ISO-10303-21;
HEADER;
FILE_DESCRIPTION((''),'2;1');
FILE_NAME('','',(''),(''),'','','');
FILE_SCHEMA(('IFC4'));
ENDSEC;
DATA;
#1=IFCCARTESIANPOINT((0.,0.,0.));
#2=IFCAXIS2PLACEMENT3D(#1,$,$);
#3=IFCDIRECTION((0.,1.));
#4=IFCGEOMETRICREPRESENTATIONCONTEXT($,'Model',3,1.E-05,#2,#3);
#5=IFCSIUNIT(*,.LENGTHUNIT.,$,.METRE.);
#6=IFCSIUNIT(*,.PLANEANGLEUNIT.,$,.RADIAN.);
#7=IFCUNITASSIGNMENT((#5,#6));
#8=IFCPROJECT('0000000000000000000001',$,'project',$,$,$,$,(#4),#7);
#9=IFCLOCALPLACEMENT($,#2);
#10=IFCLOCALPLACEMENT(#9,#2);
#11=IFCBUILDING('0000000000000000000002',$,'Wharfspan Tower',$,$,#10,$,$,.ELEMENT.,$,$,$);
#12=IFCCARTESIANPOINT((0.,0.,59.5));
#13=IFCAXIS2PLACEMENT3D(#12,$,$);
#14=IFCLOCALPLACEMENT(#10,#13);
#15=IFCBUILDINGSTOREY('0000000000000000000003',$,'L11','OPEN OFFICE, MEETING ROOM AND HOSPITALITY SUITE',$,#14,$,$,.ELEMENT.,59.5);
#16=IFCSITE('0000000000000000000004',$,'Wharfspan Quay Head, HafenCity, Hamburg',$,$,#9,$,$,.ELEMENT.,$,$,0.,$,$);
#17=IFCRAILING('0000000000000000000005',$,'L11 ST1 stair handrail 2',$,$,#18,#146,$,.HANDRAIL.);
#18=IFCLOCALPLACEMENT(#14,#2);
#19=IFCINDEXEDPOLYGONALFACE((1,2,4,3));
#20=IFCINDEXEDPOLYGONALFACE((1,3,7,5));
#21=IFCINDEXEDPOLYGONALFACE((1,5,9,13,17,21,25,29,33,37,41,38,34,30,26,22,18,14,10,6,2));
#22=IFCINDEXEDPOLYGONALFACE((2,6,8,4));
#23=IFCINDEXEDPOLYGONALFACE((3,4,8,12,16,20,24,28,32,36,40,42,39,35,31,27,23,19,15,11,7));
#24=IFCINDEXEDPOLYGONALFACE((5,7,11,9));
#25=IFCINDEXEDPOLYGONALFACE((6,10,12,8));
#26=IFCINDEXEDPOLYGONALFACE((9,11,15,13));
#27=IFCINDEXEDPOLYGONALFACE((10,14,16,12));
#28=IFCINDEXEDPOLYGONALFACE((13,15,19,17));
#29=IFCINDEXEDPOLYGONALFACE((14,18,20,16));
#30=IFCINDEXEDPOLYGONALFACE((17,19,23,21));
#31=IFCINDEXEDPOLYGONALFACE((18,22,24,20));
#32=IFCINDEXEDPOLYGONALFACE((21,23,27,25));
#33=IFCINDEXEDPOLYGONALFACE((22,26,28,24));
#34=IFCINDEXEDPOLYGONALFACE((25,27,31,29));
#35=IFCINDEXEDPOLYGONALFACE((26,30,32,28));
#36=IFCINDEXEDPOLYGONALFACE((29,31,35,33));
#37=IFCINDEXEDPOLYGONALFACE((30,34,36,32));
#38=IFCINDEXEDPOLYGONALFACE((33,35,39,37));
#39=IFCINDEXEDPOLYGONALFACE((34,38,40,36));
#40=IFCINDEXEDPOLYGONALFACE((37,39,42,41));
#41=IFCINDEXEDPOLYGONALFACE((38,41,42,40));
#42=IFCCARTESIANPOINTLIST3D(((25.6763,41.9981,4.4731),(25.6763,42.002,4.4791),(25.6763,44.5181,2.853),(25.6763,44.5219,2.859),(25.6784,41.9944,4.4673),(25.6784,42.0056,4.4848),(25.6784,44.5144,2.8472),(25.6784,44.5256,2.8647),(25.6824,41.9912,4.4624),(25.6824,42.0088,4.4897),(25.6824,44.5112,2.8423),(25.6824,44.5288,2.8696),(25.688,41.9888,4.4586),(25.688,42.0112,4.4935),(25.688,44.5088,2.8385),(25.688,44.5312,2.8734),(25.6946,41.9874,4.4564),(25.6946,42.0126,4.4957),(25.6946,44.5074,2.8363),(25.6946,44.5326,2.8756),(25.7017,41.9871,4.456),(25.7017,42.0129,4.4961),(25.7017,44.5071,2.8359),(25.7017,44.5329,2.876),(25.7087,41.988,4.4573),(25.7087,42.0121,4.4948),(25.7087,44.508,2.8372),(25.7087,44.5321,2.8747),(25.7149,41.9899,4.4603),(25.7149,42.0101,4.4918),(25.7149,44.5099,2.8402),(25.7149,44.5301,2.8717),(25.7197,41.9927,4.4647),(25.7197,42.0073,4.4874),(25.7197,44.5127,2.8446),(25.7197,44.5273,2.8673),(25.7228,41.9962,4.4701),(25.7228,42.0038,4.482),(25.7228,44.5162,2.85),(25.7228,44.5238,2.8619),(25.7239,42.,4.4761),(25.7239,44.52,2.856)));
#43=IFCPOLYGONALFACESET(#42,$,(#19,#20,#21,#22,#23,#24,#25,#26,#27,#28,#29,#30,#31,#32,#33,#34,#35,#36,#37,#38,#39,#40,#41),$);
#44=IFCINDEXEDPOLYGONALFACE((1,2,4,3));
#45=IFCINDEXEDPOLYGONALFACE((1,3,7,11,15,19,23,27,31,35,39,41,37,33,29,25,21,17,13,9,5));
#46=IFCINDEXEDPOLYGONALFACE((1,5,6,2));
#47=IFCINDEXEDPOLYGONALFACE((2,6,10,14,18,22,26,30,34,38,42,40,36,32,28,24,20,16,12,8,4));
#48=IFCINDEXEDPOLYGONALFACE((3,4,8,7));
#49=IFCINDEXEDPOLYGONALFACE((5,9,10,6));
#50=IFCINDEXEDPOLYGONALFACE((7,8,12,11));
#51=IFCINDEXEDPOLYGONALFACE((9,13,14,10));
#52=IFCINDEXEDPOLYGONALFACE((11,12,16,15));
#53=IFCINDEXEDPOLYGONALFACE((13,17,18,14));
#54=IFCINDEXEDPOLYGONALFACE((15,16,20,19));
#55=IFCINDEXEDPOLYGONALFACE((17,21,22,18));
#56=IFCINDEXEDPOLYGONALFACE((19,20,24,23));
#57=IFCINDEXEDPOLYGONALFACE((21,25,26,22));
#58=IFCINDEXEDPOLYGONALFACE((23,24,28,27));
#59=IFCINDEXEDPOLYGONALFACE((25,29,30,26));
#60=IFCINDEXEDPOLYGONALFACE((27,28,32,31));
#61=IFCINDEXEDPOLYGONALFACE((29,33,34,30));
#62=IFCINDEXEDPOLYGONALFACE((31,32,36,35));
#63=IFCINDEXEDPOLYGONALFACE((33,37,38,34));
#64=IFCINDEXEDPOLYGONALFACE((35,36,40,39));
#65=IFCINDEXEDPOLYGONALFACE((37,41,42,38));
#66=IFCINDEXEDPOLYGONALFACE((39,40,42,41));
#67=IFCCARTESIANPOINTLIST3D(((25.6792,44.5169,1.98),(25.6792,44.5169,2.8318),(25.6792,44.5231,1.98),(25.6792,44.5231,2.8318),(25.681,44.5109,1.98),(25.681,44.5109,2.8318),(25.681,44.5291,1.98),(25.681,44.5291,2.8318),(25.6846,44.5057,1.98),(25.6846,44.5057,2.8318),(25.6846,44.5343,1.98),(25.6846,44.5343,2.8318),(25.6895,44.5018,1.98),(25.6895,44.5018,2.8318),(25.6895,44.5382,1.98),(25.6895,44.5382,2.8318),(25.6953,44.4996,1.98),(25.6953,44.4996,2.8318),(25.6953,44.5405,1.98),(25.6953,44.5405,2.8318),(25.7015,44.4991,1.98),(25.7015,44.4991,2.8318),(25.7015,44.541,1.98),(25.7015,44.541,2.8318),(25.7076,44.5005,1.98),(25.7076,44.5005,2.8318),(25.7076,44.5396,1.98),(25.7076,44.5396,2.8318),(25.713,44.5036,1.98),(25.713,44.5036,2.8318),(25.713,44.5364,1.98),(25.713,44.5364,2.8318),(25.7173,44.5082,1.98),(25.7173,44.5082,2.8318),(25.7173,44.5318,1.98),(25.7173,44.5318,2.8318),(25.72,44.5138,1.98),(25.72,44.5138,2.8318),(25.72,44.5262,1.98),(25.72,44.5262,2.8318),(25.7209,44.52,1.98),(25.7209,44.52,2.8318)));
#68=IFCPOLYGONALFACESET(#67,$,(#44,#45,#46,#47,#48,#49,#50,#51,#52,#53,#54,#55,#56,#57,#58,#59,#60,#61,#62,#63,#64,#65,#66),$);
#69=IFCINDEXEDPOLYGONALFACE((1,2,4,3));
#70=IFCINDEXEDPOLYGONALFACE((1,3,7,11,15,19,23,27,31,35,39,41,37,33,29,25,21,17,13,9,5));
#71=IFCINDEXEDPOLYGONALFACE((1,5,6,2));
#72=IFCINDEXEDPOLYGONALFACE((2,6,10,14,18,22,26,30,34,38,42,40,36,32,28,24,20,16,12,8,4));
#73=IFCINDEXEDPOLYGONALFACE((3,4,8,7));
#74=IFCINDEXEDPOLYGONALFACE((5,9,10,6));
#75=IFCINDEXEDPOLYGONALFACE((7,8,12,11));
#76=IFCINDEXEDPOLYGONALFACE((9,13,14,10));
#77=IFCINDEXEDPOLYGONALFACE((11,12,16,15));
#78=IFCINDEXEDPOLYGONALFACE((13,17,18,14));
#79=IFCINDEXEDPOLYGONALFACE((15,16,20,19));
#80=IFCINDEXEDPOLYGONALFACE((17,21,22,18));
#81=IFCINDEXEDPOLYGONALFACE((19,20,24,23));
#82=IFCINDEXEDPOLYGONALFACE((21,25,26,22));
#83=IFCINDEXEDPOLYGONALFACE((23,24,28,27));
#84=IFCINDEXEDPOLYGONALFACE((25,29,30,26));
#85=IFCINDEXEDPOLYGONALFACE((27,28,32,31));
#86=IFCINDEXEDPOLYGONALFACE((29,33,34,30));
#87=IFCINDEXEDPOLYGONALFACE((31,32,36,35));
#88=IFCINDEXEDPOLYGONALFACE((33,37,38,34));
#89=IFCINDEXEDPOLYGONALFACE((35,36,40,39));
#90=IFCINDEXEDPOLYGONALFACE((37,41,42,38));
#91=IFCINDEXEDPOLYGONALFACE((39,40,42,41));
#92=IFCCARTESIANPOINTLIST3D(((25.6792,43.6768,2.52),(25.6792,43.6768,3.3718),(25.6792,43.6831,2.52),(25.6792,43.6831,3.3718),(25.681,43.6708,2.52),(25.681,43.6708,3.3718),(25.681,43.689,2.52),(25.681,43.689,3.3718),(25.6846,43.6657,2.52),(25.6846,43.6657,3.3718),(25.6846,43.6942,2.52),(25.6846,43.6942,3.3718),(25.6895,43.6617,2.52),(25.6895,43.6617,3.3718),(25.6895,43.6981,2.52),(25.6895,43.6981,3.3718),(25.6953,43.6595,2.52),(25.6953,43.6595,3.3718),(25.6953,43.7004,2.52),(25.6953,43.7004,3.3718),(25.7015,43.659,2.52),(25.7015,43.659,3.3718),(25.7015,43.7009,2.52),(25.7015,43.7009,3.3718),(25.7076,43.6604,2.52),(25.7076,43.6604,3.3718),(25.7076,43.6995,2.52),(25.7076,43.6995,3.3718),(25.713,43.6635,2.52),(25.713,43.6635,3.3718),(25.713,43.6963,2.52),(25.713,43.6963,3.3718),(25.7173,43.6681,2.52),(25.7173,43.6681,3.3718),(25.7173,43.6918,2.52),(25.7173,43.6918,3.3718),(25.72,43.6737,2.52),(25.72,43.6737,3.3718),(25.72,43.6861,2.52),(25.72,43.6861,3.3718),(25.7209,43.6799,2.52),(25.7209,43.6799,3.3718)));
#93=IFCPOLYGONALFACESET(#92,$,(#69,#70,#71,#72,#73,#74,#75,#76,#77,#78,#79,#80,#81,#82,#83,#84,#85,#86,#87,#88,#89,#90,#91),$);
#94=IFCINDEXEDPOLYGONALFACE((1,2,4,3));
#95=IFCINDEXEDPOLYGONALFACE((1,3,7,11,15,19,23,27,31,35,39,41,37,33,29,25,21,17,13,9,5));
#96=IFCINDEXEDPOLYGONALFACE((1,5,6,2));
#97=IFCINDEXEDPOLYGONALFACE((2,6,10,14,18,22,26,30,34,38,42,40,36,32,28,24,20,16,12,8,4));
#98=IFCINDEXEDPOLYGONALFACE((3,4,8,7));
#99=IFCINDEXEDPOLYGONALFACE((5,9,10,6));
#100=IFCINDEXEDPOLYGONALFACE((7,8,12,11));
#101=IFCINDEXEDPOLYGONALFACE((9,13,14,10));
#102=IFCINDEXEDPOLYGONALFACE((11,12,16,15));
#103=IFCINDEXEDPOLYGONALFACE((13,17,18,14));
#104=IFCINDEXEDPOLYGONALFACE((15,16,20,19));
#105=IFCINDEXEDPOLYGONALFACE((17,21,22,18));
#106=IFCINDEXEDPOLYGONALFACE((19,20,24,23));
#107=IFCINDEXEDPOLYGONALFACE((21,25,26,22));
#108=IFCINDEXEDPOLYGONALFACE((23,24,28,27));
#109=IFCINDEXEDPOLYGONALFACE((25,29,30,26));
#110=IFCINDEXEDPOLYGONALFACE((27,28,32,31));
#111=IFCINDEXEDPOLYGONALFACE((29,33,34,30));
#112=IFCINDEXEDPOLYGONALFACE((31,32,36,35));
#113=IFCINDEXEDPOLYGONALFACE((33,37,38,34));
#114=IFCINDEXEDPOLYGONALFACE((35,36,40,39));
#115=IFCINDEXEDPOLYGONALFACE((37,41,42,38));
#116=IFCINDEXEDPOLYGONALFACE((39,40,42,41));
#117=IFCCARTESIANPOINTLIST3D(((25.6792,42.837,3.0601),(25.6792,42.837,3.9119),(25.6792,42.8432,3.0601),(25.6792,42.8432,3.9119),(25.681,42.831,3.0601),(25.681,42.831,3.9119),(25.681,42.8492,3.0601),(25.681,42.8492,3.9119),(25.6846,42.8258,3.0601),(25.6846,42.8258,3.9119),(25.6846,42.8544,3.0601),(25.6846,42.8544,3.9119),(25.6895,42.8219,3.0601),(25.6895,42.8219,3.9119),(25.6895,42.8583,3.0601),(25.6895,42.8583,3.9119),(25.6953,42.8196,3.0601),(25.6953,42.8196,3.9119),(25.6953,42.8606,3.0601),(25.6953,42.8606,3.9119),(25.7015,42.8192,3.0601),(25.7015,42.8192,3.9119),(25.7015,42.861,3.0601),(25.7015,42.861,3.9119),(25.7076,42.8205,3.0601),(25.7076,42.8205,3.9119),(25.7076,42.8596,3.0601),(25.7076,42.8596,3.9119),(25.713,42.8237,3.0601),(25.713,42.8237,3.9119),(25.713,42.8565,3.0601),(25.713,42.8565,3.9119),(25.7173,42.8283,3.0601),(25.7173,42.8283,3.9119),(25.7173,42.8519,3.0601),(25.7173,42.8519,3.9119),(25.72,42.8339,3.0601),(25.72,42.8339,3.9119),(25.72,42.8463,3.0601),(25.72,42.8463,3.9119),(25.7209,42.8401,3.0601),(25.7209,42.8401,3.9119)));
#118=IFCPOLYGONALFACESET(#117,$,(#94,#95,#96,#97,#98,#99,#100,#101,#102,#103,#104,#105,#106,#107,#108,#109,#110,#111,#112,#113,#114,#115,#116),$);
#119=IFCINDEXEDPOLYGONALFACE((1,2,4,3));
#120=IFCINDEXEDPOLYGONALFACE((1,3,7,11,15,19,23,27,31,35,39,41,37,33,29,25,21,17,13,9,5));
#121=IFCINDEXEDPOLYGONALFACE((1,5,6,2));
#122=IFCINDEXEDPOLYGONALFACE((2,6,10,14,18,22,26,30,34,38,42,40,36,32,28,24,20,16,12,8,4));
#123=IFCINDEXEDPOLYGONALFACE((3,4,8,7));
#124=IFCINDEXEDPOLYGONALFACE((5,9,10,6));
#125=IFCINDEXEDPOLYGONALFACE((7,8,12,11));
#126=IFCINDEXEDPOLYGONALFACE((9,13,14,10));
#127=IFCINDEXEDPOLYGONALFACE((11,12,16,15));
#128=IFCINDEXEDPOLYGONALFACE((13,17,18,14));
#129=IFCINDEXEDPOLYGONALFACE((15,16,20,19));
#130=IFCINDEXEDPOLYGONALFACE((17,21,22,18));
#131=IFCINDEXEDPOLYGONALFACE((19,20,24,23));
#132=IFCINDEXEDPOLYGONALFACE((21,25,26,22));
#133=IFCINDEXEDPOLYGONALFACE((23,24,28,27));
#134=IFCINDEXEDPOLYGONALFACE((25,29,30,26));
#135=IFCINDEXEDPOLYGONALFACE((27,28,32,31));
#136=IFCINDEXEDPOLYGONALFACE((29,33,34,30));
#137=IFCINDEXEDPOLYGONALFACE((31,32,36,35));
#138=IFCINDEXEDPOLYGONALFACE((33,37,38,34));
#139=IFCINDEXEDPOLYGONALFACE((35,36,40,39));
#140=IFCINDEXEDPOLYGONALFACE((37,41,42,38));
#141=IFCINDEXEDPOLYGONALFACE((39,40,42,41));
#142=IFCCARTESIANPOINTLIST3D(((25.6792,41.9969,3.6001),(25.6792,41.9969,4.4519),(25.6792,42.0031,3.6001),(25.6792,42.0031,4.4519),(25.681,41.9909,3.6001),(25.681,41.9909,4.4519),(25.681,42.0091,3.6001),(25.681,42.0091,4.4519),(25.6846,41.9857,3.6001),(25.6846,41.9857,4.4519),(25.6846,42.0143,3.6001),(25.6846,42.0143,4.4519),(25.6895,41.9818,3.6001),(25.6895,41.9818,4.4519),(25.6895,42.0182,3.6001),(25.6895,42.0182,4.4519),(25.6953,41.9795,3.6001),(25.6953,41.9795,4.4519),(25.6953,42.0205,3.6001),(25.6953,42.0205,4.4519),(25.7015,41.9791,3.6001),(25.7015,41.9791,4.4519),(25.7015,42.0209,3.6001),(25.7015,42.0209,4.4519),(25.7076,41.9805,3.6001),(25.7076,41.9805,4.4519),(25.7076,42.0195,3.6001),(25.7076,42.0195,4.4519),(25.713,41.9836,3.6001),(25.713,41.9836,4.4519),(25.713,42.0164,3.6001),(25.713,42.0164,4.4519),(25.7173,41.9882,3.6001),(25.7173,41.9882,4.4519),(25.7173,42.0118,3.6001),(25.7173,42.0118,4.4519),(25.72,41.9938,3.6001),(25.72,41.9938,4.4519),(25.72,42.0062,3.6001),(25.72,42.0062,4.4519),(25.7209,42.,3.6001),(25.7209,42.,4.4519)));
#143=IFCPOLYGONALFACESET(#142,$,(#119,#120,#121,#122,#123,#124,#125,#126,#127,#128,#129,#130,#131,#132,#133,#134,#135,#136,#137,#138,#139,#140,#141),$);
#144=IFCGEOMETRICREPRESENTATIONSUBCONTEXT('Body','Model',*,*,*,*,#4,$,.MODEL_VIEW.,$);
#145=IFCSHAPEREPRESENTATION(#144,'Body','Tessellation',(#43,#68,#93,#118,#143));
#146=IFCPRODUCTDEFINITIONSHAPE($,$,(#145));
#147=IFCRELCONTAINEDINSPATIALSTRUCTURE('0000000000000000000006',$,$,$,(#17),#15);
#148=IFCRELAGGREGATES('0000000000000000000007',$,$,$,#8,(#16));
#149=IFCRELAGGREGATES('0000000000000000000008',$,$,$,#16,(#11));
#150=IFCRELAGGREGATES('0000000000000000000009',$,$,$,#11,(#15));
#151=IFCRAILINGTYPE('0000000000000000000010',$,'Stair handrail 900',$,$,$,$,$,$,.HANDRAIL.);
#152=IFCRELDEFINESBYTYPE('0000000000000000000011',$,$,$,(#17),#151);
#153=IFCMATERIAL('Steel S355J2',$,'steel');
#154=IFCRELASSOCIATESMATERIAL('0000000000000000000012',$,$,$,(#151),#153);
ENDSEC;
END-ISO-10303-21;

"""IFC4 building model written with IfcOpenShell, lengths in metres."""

from ifc_helpers import new_model, si_unit, direction, frame, origin, origin_2d, place, context, subcontext, project, spatial, circle, extrude, material, type_object, element, save


model = new_model("IFC4")

# Units and contexts
model_context = context("Model", 3, precision=1e-05, world=origin(), true_north=direction((0.0, 1.0)))
body_context = subcontext(model_context, "Body", "Model", "MODEL_VIEW")
ifc_project = project(units=[si_unit("LENGTHUNIT", "METRE"), si_unit("PLANEANGLEUNIT", "RADIAN")], contexts=[model_context])

# Site, building, storey
site_placement = place(None, origin())
site = spatial("IfcSite", under=ifc_project, at=site_placement, Name="Wharfspan Quay Head, HafenCity, Hamburg", CompositionType="ELEMENT", RefElevation=0.0)
building_placement = place(site_placement, origin())
building = spatial("IfcBuilding", under=site, at=building_placement, Name="Wharfspan Tower", CompositionType="ELEMENT")
storey_placement = place(building_placement, frame((0.0, 0.0, 59.5)))
storey = spatial("IfcBuildingStorey", under=building, at=storey_placement, Name="L11", Description="OPEN OFFICE, MEETING ROOM AND HOSPITALITY SUITE", CompositionType="ELEMENT", Elevation=59.5)

# Shared definitions
ifc_material_1 = material(Name="Steel S355J2", Category="steel")

# Railing
railing_type_1 = type_object("IfcRailingType", Name="Stair handrail 900", PredefinedType="HANDRAIL", material=ifc_material_1)
railing_1_placement = place(storey_placement, frame((25.7, 44.52, 1.98)))
element("IfcRailing", 1, at=railing_1_placement, inside=storey, type_object=railing_type_1, Name="L11 ST1 stair handrail 2", PredefinedType="HANDRAIL", context=body_context, shape_type="SweptSolid", body=[
    extrude(circle(Radius=0.0239, at=origin_2d()), frame((0.0, 0.0, 0.876), z_axis=(0.0, -0.841163, 0.540782), x_axis=(1.0, 0.0, 0.0)), (0.0, 0.0, 1.0), 2.9958),
    extrude(circle(Radius=0.021, at=origin_2d()), origin(), (0.0, 0.0, 1.0), 0.8518),
    extrude(circle(Radius=0.021, at=origin_2d()), frame((0.0, -0.8401, 0.54)), (0.0, 0.0, 1.0), 0.8518),
    extrude(circle(Radius=0.021, at=origin_2d()), frame((0.0, -1.6799, 1.0801)), (0.0, 0.0, 1.0), 0.8518),
    extrude(circle(Radius=0.021, at=origin_2d()), frame((0.0, -2.52, 1.6201)), (0.0, 0.0, 1.0), 0.8518),
])

save(model, "model.ifc")
